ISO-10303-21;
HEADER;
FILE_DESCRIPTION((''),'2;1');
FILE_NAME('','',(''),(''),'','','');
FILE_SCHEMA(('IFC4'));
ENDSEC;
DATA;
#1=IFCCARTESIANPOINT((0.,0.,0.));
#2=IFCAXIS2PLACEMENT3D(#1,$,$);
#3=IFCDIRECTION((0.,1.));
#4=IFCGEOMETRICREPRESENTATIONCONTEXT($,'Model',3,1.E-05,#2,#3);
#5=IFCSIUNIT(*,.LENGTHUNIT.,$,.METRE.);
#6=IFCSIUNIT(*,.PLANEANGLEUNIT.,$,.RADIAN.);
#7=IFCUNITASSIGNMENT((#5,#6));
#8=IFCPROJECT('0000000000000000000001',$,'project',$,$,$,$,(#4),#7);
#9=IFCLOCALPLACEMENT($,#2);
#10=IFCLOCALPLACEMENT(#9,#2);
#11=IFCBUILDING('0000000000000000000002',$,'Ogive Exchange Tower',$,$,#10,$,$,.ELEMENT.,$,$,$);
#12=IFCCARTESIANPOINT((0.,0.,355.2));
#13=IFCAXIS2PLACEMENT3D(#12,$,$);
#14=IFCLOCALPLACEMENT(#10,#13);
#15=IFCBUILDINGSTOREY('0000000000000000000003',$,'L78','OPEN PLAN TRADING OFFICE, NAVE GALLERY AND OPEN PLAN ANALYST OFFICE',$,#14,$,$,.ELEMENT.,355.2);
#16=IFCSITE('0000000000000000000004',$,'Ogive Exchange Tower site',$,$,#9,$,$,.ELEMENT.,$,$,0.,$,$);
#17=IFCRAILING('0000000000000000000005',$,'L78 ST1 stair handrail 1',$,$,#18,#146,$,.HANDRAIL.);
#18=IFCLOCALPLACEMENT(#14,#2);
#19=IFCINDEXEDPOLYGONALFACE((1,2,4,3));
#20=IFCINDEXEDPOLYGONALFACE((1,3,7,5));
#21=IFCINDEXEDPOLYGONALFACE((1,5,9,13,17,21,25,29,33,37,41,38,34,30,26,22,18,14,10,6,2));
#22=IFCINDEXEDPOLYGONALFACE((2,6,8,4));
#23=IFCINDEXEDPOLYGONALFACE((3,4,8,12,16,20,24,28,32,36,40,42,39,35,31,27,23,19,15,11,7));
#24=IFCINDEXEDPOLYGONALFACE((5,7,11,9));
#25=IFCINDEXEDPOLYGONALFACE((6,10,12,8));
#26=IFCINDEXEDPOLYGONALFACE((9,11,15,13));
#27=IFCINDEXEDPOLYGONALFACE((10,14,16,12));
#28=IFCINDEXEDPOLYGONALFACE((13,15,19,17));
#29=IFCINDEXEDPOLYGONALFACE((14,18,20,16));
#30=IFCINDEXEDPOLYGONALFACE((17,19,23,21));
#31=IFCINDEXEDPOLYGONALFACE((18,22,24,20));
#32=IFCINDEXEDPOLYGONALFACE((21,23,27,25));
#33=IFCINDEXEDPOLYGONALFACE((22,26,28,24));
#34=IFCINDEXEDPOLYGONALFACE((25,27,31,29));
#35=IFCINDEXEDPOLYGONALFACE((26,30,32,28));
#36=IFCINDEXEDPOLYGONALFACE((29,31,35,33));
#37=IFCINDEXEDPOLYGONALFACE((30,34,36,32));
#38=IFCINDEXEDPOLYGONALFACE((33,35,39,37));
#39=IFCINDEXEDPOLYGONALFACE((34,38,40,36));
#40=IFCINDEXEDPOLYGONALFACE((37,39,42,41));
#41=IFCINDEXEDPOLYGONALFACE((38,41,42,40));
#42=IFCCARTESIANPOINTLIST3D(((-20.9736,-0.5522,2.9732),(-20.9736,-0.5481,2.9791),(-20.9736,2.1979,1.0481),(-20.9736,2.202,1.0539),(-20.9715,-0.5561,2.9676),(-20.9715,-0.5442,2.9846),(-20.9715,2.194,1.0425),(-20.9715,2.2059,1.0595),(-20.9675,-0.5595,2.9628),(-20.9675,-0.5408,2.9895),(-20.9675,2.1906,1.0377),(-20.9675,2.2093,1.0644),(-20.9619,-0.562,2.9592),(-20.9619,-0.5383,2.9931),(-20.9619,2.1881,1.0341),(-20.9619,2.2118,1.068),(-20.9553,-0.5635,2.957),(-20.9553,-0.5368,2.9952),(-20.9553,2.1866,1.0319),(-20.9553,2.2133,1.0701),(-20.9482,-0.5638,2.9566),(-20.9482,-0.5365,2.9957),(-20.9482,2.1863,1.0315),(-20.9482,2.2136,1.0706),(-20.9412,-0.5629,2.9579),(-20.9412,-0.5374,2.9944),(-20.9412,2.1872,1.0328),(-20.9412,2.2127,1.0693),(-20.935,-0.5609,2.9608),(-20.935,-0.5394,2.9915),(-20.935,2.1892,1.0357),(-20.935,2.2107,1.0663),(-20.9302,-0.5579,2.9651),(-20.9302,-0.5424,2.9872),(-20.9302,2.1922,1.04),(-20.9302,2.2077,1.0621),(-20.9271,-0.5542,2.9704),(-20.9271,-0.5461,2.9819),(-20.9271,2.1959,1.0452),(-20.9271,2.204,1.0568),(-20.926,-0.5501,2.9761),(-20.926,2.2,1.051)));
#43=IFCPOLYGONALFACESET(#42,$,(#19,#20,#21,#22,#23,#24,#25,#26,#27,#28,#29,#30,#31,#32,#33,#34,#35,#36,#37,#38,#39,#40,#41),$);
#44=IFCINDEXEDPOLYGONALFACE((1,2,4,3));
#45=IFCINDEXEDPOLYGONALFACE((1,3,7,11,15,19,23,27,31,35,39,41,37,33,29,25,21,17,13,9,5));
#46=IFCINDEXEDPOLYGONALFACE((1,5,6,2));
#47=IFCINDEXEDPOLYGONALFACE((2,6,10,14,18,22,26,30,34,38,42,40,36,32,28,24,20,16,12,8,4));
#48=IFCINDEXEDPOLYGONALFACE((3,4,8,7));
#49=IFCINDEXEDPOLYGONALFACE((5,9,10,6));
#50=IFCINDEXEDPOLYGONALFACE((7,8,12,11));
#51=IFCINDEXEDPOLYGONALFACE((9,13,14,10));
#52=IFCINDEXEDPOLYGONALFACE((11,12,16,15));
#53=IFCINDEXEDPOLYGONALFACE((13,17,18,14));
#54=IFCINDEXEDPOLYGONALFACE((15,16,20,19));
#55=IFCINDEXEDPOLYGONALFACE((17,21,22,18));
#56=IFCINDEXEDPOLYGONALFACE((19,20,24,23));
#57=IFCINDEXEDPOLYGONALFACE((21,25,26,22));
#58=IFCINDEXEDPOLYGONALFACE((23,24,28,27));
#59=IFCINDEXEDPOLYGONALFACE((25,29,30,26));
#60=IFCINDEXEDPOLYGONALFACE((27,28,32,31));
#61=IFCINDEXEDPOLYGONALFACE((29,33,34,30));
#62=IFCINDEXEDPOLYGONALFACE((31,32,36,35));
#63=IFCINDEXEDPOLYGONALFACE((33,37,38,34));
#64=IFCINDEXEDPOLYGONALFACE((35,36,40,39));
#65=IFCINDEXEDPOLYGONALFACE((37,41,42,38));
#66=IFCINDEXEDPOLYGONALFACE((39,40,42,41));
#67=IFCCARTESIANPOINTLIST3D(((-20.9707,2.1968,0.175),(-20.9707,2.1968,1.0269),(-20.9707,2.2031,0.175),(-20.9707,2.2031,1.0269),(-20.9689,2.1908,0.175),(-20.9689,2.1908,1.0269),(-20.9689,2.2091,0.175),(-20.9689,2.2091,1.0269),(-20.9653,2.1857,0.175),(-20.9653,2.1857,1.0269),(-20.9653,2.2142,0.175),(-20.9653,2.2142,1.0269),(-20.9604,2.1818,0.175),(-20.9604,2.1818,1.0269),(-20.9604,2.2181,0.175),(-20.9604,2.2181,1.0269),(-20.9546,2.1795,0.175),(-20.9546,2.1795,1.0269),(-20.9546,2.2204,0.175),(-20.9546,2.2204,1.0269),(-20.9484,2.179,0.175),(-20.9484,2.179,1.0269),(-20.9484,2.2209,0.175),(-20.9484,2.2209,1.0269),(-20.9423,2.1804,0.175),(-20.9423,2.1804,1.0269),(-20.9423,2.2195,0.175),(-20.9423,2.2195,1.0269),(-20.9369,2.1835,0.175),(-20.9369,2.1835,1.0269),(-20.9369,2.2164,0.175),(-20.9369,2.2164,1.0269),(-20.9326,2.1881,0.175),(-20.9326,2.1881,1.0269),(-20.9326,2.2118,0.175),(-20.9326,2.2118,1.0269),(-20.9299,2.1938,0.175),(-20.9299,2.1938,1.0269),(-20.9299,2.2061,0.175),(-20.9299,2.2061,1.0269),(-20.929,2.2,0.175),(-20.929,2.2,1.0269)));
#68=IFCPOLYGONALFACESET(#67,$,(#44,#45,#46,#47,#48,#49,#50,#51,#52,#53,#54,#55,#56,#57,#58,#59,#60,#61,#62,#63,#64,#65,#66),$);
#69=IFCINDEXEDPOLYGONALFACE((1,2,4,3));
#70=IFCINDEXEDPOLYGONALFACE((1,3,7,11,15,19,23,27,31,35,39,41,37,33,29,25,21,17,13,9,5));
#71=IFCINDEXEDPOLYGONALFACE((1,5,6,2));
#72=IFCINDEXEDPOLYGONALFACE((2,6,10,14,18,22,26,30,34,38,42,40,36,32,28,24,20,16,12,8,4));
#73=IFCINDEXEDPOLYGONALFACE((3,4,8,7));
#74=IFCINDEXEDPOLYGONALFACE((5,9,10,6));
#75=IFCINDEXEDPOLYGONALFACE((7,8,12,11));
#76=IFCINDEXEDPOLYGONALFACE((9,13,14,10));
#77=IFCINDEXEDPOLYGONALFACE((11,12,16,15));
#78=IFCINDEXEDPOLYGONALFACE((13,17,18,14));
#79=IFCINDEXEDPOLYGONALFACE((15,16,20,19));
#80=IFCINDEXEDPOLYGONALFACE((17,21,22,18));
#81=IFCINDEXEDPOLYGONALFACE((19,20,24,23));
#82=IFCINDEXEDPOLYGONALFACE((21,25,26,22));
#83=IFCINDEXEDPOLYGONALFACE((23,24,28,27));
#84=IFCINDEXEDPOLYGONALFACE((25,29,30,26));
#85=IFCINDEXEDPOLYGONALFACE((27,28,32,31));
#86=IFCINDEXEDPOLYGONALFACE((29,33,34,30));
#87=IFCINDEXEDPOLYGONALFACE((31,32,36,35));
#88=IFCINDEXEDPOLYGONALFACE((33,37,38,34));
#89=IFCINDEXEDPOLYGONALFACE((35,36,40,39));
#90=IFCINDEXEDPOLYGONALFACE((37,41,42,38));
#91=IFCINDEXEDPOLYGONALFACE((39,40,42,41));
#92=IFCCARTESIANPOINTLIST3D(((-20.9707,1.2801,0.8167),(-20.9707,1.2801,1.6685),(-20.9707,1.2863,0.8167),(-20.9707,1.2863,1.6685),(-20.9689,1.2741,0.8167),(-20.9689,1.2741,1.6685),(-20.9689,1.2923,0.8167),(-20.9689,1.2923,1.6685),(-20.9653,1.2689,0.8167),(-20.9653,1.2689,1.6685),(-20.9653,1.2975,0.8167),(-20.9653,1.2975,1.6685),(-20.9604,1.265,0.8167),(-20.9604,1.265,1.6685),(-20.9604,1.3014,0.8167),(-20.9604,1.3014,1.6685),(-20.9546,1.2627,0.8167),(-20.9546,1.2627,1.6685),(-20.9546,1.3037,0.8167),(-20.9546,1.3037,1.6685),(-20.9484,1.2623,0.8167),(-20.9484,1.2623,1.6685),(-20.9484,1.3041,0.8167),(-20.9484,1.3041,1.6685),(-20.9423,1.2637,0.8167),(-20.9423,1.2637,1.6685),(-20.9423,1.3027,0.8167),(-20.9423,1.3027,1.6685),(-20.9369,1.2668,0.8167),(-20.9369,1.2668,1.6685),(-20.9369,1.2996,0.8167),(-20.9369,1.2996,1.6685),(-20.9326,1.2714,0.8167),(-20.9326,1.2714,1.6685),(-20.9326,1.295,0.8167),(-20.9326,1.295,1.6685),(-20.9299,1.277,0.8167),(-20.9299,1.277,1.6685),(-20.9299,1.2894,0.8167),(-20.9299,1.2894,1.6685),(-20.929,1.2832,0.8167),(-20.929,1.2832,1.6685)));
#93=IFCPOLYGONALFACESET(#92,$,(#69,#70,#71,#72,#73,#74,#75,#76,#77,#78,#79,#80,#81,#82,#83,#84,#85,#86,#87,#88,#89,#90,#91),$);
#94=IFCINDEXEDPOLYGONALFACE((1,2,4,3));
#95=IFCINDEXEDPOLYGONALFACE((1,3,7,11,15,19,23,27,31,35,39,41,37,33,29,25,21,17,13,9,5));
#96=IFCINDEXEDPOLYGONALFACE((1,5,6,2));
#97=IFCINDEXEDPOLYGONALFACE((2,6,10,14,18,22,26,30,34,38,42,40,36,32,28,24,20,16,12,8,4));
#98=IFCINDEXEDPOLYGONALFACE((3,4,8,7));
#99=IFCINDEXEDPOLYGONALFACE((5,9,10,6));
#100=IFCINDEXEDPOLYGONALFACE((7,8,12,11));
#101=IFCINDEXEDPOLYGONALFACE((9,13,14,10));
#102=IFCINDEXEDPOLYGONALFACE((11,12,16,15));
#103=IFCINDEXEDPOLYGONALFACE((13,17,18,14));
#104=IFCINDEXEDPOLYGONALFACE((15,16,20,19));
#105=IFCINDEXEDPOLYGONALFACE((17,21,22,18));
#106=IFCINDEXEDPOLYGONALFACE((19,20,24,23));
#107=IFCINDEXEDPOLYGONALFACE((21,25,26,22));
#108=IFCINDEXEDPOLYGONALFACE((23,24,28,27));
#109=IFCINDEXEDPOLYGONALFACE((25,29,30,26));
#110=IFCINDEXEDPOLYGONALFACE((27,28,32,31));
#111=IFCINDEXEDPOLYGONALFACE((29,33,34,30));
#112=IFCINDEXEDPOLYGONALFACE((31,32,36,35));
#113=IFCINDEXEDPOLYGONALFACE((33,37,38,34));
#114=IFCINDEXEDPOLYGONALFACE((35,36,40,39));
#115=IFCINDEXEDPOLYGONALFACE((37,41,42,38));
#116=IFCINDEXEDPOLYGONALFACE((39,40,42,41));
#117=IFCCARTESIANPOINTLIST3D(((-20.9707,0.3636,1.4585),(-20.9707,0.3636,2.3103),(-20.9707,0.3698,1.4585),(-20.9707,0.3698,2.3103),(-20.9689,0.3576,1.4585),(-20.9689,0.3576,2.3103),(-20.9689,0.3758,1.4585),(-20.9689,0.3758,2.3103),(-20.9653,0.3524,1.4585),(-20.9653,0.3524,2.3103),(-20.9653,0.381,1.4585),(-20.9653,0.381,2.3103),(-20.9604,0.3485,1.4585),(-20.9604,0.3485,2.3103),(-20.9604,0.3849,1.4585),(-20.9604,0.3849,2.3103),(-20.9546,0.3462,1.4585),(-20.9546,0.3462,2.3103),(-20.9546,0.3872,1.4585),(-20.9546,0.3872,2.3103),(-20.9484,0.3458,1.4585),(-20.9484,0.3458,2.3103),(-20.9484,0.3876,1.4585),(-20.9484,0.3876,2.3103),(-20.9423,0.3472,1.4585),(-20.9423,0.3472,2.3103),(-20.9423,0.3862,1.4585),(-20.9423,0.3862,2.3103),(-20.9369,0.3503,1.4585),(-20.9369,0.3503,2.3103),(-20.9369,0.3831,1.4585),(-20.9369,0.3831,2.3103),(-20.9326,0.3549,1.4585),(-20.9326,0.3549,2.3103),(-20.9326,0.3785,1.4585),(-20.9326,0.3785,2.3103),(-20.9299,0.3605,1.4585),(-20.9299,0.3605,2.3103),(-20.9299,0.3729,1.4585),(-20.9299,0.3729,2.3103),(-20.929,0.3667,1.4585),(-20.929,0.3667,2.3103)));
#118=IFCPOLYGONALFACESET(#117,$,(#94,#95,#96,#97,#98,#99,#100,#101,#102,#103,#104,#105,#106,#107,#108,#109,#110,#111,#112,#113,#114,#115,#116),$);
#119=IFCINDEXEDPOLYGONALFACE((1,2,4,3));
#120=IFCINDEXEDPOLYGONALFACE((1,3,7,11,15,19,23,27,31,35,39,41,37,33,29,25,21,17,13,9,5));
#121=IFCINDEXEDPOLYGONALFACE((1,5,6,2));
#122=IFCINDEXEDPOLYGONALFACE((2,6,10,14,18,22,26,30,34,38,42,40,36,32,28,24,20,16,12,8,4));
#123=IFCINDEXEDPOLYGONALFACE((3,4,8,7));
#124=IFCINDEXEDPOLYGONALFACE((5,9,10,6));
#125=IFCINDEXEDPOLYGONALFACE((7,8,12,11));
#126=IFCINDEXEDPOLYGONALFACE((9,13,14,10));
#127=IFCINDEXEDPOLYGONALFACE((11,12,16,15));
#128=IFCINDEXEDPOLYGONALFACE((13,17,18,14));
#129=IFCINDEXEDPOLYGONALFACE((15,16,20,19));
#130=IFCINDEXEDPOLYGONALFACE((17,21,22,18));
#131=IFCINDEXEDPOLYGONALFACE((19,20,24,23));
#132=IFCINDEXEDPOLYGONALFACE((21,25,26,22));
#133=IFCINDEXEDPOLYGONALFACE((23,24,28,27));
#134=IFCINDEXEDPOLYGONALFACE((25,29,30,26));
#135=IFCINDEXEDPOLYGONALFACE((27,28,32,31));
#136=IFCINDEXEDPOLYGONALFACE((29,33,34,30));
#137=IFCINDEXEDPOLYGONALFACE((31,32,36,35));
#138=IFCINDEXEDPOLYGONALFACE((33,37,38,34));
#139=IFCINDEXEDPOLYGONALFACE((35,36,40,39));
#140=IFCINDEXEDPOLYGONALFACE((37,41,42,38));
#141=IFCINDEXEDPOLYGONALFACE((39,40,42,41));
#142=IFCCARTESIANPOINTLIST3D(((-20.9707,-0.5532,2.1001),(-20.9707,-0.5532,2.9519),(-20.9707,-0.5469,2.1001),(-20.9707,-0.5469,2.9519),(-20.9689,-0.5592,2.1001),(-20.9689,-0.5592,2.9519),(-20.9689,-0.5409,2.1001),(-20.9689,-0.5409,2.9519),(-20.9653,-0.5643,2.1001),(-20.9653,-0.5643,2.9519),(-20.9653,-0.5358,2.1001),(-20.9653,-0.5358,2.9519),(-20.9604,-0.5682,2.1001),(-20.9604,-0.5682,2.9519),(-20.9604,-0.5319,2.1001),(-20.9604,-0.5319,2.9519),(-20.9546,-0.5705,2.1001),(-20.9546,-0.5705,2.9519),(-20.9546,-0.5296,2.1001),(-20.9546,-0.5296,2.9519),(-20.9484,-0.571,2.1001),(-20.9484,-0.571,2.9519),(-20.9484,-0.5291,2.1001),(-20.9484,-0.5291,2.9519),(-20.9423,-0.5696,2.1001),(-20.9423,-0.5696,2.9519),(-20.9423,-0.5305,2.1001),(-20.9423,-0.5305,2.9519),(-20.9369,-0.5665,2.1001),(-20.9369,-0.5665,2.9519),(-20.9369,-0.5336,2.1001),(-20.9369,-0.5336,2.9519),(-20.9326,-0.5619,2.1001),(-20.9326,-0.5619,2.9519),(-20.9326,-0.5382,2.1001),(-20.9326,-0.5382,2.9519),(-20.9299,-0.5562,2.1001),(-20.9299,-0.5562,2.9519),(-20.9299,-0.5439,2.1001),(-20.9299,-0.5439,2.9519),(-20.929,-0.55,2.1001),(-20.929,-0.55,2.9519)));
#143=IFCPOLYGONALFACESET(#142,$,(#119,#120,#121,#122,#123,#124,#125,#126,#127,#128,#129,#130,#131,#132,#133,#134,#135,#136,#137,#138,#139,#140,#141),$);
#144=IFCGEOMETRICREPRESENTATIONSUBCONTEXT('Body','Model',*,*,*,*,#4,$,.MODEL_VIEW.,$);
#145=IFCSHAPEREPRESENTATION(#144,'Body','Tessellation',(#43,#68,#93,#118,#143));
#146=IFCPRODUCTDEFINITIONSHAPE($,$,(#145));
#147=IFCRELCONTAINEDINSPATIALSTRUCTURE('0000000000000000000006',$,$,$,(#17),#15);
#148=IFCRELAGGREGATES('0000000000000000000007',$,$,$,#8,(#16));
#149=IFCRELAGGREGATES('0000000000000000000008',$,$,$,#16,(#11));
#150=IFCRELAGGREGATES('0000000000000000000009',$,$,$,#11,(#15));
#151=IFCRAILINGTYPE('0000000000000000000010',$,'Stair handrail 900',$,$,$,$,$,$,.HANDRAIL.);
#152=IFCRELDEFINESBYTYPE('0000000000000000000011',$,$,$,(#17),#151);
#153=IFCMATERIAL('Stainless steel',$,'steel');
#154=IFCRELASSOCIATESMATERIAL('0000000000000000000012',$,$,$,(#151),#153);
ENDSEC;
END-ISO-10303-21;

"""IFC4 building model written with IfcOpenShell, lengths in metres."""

from ifc_helpers import new_model, si_unit, direction, frame, origin, origin_2d, place, context, subcontext, project, spatial, circle, extrude, material, type_object, element, save


model = new_model("IFC4")

# Units and contexts
model_context = context("Model", 3, precision=1e-05, world=origin(), true_north=direction((0.0, 1.0)))
body_context = subcontext(model_context, "Body", "Model", "MODEL_VIEW")
ifc_project = project(units=[si_unit("LENGTHUNIT", "METRE"), si_unit("PLANEANGLEUNIT", "RADIAN")], contexts=[model_context])

# Site, building, storey
site_placement = place(None, origin())
site = spatial("IfcSite", under=ifc_project, at=site_placement, Name="Ogive Exchange Tower site", CompositionType="ELEMENT", RefElevation=0.0)
building_placement = place(site_placement, origin())
building = spatial("IfcBuilding", under=site, at=building_placement, Name="Ogive Exchange Tower", CompositionType="ELEMENT")
storey_placement = place(building_placement, frame((0.0, 0.0, 355.2)))
storey = spatial("IfcBuildingStorey", under=building, at=storey_placement, Name="L78", Description="OPEN PLAN TRADING OFFICE, NAVE GALLERY AND OPEN PLAN ANALYST OFFICE", CompositionType="ELEMENT", Elevation=355.2)

# Shared definitions
ifc_material_1 = material(Name="Stainless steel", Category="steel")

# Railing
railing_type = type_object("IfcRailingType", Name="Stair handrail 900", PredefinedType="HANDRAIL", material=ifc_material_1)
railing_placement = place(storey_placement, frame((-20.95, 2.2, 0.175)))
element("IfcRailing", 1, at=railing_placement, inside=storey, type_object=railing_type, Name="L78 ST1 stair handrail 1", PredefinedType="HANDRAIL", context=body_context, shape_type="SweptSolid", body=[
    extrude(circle(Radius=0.0239, at=origin_2d()), frame((0.0, 0.0, 0.876), z_axis=(0.0, -0.819225, 0.573472), x_axis=(1.0, 0.0, 0.0)), (0.0, 0.0, 1.0), 3.3569),
    extrude(circle(Radius=0.021, at=origin_2d()), origin(), (0.0, 0.0, 1.0), 0.8518),
    extrude(circle(Radius=0.021, at=origin_2d()), frame((0.0, -0.9167, 0.6416)), (0.0, 0.0, 1.0), 0.8518),
    extrude(circle(Radius=0.021, at=origin_2d()), frame((0.0, -1.8333, 1.2834)), (0.0, 0.0, 1.0), 0.8518),
    extrude(circle(Radius=0.021, at=origin_2d()), frame((0.0, -2.75, 1.925)), (0.0, 0.0, 1.0), 0.8518),
])

save(model, "model.ifc")
